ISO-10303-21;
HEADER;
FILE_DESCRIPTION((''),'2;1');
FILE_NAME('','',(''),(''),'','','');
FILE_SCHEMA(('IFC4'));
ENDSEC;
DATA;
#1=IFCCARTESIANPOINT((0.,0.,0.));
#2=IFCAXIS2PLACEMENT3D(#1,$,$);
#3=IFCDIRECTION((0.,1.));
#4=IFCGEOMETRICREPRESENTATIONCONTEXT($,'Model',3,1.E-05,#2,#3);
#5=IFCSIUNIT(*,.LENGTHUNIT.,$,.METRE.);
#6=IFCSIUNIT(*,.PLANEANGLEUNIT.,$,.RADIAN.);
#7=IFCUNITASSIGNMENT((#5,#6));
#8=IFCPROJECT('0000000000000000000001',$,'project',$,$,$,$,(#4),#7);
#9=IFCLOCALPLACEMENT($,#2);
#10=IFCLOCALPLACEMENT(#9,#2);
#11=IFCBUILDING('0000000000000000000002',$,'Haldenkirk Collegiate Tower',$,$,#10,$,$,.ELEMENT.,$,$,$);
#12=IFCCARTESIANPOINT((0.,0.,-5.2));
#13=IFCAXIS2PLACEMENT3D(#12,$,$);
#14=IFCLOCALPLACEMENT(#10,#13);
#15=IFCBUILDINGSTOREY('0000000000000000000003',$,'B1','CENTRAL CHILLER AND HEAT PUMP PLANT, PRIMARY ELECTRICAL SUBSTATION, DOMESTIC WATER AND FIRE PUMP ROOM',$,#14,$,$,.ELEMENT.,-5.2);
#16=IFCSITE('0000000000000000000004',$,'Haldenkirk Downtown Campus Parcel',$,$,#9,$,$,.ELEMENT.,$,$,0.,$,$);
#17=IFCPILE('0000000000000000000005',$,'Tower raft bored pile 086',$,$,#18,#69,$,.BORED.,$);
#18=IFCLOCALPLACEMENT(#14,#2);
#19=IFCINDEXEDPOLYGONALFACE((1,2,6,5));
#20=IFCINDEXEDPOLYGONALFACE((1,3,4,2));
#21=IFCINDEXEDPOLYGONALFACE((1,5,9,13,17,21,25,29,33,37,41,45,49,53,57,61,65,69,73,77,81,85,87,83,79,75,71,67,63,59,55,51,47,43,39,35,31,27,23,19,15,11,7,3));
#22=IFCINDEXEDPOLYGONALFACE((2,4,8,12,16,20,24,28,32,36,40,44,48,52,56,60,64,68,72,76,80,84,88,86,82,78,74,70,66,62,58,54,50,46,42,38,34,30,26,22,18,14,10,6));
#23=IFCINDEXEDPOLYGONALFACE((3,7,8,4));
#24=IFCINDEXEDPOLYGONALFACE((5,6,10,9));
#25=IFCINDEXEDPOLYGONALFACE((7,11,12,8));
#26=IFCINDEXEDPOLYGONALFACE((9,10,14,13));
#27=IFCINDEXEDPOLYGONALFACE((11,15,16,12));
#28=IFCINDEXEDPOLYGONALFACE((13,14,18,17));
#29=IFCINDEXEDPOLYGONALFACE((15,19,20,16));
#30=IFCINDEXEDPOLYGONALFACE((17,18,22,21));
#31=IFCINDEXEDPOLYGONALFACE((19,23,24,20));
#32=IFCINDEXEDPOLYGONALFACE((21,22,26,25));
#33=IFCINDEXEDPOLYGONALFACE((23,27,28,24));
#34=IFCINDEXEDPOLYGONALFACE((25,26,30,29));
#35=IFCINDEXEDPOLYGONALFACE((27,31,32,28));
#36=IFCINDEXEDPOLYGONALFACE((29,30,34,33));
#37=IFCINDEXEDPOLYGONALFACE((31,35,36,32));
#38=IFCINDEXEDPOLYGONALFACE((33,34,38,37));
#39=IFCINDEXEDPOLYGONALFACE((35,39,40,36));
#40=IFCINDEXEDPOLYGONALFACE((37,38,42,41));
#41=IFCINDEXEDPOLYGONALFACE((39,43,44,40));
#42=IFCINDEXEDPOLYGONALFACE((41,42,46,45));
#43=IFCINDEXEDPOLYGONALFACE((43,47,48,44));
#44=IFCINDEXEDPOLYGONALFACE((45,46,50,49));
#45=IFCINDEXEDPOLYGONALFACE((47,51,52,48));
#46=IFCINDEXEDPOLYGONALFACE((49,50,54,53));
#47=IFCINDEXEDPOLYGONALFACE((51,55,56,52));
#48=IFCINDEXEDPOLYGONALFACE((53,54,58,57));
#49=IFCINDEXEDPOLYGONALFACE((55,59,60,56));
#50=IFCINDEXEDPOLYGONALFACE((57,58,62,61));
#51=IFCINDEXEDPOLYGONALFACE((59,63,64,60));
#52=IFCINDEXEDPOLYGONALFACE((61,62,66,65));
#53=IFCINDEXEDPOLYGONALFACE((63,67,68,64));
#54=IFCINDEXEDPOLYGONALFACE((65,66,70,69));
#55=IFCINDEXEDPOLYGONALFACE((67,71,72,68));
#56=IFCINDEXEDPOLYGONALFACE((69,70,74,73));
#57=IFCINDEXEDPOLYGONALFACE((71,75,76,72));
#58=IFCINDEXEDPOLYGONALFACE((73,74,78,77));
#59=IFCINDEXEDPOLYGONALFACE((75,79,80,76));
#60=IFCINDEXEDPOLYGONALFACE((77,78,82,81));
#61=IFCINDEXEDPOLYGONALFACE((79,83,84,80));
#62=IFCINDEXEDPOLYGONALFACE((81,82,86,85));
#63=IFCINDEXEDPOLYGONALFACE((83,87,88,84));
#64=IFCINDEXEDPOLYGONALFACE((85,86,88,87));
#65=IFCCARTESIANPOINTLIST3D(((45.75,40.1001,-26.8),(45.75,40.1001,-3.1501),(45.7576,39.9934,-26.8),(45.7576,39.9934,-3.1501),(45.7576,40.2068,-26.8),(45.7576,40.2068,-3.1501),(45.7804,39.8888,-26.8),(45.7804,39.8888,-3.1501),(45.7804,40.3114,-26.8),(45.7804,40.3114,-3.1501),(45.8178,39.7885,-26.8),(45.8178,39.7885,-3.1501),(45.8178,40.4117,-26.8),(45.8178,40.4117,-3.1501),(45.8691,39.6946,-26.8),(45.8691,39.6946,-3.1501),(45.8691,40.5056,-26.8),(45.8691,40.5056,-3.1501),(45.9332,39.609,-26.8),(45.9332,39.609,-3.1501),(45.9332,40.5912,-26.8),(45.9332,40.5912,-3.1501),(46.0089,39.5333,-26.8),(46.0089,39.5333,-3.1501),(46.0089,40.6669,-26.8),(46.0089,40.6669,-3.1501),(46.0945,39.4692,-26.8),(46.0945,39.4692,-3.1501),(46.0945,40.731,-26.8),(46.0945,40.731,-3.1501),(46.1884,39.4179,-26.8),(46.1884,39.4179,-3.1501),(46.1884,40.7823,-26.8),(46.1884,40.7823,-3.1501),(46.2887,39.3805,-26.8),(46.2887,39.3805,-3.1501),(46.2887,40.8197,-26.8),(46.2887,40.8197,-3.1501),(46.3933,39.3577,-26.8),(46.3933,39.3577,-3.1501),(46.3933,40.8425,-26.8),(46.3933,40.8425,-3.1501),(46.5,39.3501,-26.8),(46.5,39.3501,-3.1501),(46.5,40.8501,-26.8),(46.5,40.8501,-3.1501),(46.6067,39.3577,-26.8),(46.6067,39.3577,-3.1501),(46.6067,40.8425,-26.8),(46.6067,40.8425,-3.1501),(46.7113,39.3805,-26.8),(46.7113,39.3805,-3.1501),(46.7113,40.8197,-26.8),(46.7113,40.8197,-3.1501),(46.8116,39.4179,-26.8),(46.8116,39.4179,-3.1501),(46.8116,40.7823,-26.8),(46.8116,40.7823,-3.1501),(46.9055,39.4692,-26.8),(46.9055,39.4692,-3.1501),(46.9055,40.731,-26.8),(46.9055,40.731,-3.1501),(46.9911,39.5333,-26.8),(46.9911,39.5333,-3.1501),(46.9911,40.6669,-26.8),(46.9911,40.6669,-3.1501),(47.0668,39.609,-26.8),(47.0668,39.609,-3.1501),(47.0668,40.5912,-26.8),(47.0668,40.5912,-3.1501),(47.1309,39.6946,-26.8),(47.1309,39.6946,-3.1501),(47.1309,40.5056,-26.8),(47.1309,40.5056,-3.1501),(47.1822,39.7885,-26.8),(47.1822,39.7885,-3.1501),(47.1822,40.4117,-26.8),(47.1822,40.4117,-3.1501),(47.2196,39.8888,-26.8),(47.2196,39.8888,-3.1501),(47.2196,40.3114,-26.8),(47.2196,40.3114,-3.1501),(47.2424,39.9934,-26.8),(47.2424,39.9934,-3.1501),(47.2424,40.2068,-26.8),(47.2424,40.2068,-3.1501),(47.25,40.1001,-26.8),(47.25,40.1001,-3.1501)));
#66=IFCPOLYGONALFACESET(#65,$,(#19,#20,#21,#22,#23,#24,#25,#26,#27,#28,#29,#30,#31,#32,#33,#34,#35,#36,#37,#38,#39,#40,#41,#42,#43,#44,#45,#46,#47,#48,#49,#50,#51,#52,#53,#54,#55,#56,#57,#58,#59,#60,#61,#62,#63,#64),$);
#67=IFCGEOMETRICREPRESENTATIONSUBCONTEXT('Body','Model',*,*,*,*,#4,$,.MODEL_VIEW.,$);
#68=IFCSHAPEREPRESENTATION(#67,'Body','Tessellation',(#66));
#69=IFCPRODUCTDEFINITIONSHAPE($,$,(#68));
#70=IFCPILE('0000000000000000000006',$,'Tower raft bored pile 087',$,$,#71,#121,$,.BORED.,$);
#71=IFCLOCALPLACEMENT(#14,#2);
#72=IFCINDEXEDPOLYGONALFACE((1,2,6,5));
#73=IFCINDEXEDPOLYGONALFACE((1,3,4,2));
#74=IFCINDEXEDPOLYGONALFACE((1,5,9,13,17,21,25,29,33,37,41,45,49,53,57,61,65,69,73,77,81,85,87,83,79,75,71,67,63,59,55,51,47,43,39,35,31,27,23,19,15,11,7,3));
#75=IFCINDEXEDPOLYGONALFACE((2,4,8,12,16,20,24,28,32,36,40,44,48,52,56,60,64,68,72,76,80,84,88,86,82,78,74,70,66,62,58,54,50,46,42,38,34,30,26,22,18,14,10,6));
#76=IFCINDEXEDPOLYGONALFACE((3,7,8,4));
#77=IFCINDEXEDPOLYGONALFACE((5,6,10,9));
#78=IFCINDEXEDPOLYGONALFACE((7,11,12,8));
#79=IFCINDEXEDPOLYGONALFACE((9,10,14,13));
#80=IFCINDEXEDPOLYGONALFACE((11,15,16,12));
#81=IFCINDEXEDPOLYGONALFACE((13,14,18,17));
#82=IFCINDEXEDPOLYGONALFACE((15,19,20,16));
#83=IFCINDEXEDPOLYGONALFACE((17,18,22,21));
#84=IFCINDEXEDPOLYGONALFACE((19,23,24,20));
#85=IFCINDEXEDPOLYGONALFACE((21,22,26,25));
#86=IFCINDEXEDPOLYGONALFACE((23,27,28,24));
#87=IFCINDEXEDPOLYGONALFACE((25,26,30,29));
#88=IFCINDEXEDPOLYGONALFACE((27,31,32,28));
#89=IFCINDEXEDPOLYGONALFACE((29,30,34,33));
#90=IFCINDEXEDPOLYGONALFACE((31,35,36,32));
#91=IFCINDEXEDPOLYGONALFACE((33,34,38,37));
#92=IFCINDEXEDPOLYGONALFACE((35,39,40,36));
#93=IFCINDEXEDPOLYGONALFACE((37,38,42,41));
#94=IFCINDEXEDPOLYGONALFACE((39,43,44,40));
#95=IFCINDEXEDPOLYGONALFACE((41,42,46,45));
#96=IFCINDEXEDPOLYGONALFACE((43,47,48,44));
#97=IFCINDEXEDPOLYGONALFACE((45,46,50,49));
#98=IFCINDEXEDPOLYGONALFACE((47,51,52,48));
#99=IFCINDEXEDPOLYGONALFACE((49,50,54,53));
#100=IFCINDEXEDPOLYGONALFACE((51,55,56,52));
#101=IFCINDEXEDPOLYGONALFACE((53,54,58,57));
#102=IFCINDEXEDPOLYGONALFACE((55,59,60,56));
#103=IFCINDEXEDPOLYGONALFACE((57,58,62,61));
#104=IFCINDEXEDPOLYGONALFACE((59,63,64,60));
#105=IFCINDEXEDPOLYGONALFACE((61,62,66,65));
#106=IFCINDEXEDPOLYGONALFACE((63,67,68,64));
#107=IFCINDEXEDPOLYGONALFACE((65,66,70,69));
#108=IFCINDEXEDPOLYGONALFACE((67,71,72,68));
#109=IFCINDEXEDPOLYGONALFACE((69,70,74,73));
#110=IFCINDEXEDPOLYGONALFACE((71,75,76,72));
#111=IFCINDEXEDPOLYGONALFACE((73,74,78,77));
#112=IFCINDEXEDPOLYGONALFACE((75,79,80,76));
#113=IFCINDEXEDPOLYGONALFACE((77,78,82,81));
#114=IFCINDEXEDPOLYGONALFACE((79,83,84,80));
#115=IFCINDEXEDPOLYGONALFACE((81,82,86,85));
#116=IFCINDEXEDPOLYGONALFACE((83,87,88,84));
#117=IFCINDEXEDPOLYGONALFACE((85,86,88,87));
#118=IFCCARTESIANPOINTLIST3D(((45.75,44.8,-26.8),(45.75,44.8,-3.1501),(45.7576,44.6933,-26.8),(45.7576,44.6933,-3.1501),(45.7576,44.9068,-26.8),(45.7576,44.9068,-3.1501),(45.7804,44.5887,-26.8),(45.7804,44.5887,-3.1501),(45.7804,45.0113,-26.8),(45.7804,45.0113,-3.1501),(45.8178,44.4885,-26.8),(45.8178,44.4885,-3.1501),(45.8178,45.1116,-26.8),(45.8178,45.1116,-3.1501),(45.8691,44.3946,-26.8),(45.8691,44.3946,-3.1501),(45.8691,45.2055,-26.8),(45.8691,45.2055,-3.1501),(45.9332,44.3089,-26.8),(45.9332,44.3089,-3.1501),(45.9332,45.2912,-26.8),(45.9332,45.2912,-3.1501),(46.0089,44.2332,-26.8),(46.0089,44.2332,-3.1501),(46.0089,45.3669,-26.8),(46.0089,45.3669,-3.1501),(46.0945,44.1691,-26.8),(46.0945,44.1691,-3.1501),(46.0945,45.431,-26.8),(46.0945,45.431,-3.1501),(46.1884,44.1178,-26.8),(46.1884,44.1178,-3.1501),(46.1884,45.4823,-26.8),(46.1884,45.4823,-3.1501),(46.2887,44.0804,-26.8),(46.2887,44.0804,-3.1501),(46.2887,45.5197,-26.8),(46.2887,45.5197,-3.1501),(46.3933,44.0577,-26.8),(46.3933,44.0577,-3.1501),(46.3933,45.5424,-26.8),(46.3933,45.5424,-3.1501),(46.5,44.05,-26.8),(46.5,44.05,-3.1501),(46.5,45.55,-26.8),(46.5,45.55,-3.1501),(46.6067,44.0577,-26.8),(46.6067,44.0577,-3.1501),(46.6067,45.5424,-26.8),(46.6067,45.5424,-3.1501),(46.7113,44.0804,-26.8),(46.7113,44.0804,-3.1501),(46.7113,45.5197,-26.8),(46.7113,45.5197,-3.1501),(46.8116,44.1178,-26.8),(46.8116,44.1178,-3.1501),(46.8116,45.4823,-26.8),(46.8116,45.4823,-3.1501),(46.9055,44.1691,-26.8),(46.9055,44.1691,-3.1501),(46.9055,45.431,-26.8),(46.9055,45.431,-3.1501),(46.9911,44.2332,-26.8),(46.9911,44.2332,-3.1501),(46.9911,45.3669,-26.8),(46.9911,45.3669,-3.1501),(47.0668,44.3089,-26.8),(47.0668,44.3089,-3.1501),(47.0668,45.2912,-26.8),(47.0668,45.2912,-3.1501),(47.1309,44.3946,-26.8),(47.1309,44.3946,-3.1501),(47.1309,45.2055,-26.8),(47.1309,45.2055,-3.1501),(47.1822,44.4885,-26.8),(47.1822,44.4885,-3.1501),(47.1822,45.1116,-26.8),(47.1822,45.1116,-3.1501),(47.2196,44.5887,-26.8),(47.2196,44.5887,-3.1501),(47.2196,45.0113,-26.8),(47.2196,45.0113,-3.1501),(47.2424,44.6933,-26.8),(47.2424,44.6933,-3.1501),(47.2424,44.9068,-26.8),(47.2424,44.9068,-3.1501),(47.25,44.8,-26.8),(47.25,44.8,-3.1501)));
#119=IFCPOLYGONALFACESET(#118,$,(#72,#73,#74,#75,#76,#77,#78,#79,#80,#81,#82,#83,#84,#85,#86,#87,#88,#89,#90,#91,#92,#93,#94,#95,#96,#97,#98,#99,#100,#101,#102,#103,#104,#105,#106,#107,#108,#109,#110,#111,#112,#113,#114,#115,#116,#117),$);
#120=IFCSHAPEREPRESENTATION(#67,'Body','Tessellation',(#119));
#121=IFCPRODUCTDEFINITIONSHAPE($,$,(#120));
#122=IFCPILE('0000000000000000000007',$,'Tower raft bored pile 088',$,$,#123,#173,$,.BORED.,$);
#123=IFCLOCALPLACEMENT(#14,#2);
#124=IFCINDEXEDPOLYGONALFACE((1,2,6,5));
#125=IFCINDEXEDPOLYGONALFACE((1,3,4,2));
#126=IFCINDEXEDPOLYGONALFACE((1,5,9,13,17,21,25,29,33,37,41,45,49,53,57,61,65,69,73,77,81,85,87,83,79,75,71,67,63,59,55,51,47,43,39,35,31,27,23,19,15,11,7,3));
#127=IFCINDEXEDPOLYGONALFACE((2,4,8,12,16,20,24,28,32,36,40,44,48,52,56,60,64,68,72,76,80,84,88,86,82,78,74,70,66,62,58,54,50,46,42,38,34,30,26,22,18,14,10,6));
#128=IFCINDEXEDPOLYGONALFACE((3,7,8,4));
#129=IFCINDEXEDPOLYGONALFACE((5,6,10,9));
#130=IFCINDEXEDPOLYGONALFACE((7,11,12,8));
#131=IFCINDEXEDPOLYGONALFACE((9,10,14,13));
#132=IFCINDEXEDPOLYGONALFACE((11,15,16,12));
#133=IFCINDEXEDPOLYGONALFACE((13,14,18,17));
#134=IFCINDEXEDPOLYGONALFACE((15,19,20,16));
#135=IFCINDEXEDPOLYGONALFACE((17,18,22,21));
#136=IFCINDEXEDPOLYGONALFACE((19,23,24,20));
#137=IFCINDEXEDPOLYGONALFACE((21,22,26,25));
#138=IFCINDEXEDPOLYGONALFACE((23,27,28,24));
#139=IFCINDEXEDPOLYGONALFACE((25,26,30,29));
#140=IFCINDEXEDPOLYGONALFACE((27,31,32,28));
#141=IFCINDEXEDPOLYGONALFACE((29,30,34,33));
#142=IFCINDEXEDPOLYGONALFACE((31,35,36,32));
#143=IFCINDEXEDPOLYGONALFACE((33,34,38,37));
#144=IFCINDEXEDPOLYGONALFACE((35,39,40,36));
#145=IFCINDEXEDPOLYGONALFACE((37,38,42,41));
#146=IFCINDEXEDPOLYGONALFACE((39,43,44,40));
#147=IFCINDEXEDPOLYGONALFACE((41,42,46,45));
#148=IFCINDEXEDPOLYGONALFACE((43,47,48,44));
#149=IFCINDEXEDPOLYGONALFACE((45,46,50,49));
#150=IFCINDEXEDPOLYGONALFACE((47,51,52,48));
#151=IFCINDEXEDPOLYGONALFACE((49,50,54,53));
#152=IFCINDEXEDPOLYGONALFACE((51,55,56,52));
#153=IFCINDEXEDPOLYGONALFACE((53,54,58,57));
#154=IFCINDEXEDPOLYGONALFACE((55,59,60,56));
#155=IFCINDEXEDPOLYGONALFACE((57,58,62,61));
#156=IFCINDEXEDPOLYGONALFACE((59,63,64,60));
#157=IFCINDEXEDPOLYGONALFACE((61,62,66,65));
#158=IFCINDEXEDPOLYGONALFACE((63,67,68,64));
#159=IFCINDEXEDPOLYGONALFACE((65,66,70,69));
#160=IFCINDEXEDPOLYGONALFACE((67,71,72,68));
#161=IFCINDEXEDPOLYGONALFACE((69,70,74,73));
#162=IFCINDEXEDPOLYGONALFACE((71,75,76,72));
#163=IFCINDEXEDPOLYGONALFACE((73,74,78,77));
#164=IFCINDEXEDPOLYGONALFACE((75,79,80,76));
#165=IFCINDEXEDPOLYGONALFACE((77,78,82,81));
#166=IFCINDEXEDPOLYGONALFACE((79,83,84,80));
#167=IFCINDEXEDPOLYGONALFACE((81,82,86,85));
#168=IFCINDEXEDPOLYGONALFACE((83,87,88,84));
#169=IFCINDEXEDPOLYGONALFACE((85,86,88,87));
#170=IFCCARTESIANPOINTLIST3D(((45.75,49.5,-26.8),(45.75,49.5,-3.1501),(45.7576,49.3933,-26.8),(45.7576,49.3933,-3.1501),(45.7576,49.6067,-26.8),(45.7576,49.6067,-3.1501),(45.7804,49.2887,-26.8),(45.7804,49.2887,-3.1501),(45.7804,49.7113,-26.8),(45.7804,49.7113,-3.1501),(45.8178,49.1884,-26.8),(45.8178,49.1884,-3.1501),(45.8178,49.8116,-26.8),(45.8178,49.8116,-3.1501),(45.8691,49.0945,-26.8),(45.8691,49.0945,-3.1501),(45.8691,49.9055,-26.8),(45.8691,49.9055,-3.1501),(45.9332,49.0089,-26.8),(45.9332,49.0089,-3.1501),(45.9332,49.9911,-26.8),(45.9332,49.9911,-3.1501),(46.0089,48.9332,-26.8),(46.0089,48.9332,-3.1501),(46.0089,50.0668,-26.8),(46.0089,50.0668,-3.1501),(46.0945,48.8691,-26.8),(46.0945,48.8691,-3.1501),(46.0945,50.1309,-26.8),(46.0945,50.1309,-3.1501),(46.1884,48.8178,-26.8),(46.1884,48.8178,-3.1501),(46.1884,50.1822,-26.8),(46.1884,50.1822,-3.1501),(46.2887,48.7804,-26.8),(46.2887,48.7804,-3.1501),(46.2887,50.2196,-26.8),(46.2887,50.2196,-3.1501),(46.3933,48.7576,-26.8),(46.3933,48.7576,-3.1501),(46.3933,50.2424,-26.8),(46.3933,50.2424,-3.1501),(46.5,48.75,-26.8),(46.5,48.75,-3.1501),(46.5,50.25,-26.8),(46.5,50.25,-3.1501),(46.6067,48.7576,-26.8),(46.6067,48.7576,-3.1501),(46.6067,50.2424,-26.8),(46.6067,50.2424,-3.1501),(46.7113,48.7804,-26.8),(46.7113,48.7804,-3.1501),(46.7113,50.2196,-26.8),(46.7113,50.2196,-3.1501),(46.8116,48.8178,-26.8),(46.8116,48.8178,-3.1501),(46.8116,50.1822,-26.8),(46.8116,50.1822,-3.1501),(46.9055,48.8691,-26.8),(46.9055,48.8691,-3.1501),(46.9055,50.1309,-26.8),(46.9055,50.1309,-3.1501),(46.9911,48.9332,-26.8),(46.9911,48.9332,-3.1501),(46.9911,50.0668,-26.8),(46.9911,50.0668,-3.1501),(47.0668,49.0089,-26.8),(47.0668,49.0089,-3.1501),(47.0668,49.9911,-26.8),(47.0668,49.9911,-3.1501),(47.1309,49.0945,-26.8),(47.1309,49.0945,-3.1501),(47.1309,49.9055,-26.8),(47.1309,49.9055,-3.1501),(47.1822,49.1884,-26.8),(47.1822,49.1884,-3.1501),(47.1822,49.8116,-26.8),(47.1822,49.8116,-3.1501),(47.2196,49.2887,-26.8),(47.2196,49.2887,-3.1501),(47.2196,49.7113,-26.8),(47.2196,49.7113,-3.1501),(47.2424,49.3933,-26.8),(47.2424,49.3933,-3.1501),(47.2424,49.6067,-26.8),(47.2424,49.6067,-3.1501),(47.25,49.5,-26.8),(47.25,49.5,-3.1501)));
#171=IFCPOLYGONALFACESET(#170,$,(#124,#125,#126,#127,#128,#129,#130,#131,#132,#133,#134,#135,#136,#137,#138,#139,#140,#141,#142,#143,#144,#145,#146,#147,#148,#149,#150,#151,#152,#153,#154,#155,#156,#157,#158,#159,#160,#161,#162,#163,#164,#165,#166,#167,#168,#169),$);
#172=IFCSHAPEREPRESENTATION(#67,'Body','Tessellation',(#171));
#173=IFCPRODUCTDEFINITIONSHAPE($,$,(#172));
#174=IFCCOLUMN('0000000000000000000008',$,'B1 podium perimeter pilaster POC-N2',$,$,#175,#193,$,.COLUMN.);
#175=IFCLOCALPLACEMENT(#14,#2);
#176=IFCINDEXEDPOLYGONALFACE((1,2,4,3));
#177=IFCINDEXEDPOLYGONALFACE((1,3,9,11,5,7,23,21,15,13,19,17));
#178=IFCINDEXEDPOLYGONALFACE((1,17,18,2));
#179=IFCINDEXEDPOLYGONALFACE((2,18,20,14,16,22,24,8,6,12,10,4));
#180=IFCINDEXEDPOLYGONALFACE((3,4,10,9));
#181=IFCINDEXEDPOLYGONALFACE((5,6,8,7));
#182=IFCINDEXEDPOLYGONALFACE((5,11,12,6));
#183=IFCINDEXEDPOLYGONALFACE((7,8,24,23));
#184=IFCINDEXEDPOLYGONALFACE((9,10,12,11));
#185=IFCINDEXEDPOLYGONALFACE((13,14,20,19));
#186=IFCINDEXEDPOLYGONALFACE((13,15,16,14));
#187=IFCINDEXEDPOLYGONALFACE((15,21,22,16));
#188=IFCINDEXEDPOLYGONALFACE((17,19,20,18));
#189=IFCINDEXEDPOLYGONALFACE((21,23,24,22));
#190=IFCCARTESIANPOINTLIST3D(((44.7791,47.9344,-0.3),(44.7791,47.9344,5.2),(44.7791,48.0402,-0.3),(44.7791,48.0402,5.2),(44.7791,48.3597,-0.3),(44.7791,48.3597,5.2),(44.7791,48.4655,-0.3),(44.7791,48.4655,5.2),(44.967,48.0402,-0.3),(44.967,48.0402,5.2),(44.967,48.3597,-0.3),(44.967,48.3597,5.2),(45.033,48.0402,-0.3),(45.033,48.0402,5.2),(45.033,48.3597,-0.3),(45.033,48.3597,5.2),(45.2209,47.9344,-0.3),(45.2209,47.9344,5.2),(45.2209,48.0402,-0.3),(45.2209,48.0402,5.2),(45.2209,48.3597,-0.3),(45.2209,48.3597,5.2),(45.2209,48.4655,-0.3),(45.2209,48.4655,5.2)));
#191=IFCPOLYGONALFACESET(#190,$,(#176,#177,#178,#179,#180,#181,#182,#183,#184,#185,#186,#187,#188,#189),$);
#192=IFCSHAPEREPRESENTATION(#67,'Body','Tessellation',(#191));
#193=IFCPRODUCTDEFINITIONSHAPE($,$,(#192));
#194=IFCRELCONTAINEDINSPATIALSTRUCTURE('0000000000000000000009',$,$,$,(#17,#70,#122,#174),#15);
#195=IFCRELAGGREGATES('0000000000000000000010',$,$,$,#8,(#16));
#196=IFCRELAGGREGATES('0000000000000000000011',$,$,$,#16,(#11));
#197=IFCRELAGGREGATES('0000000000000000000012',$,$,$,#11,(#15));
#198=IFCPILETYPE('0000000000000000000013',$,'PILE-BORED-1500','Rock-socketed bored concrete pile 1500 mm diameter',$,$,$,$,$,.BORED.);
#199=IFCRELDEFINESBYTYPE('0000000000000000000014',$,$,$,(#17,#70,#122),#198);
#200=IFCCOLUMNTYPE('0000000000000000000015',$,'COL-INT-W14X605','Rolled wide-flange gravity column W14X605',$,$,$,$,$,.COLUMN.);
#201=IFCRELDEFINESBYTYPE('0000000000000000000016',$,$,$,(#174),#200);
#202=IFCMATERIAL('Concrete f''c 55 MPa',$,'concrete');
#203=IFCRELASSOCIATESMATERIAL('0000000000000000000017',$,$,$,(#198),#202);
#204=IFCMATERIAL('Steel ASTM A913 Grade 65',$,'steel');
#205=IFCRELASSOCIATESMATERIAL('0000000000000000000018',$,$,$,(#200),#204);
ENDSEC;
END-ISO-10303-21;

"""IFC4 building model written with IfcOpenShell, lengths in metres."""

from ifc_helpers import new_model, si_unit, direction, frame, origin, origin_2d, place, context, subcontext, project, spatial, circle, i_section, extrude, material, material_profile, profile_set, type_object, element, save


model = new_model("IFC4")

# Units and contexts
model_context = context("Model", 3, precision=1e-05, world=origin(), true_north=direction((0.0, 1.0)))
body_context = subcontext(model_context, "Body", "Model", "MODEL_VIEW")
ifc_project = project(units=[si_unit("LENGTHUNIT", "METRE"), si_unit("PLANEANGLEUNIT", "RADIAN")], contexts=[model_context])

# Site, building, storey
site_placement = place(None, origin())
site = spatial("IfcSite", under=ifc_project, at=site_placement, Name="Haldenkirk Downtown Campus Parcel", CompositionType="ELEMENT", RefElevation=0.0)
building_placement = place(site_placement, origin())
building = spatial("IfcBuilding", under=site, at=building_placement, Name="Haldenkirk Collegiate Tower", CompositionType="ELEMENT")
storey_placement = place(building_placement, frame((0.0, 0.0, -5.2)))
storey = spatial("IfcBuildingStorey", under=building, at=storey_placement, Name="B1", Description="CENTRAL CHILLER AND HEAT PUMP PLANT, PRIMARY ELECTRICAL SUBSTATION, DOMESTIC WATER AND FIRE PUMP ROOM", CompositionType="ELEMENT", Elevation=-5.2)

# Piles
ifc_material_1 = material(Name="Concrete f'c 55 MPa", Category="concrete")
ifc_material_profile_1 = material_profile(ifc_material_1, circle(Radius=0.75, at=origin_2d()), Name="PILE1500")
ifc_profile_set_1 = profile_set([ifc_material_profile_1], Name="Concrete f'c 55 MPa")
pile_type = type_object("IfcPileType", Name="PILE-BORED-1500", Description="Rock-socketed bored concrete pile 1500 mm diameter", PredefinedType="BORED", material=ifc_profile_set_1)
for number, where, z_axis, x_axis, name in (
    (1, (46.5, 40.1001, -3.1501), (0.0, 0.0, -1.0), (1.0, 0.0, 0.0), "Tower raft bored pile 086"),
    (2, (46.5, 44.8, -3.1501), (0.0, 0.0, -1.0), (1.0, 0.0, 0.0), "Tower raft bored pile 087"),
    (3, (46.5, 49.5, -3.1501), (0.0, 0.0, -1.0), (1.0, 0.0, 0.0), "Tower raft bored pile 088"),
):
    element("IfcPile", number, at=place(storey_placement, frame(where, z_axis=z_axis, x_axis=x_axis)), inside=storey, type_object=pile_type, Name=name, PredefinedType="BORED", context=body_context, shape_type="SweptSolid", body=[
        extrude(circle(Radius=0.75, at=origin_2d()), origin(), (0.0, 0.0, 1.0), 23.6499),
    ])

# Column
ifc_material_2 = material(Name="Steel ASTM A913 Grade 65", Category="steel")
ifc_material_profile_2 = material_profile(ifc_material_2, i_section(OverallWidth=0.4419, OverallDepth=0.531, WebThickness=0.0659, FlangeThickness=0.1057, at=origin_2d()), Name="W14X605")
ifc_profile_set_2 = profile_set([ifc_material_profile_2], Name="Steel ASTM A913 Grade 65")
column_type_1 = type_object("IfcColumnType", Name="COL-INT-W14X605", Description="Rolled wide-flange gravity column W14X605", PredefinedType="COLUMN", material=ifc_profile_set_2)
column_1_placement = place(storey_placement, frame((45.0, 48.2, -0.3), z_axis=(0.0, 0.0, 1.0), x_axis=(1.0, 0.0, 0.0)))
element("IfcColumn", 4, at=column_1_placement, inside=storey, type_object=column_type_1, Name="B1 podium perimeter pilaster POC-N2", PredefinedType="COLUMN", context=body_context, shape_type="SweptSolid", body=[
    extrude(i_section(OverallWidth=0.4419, OverallDepth=0.531, WebThickness=0.0659, FlangeThickness=0.1057, at=origin_2d()), origin(), (0.0, 0.0, 1.0), 5.5),
])

save(model, "model.ifc")
